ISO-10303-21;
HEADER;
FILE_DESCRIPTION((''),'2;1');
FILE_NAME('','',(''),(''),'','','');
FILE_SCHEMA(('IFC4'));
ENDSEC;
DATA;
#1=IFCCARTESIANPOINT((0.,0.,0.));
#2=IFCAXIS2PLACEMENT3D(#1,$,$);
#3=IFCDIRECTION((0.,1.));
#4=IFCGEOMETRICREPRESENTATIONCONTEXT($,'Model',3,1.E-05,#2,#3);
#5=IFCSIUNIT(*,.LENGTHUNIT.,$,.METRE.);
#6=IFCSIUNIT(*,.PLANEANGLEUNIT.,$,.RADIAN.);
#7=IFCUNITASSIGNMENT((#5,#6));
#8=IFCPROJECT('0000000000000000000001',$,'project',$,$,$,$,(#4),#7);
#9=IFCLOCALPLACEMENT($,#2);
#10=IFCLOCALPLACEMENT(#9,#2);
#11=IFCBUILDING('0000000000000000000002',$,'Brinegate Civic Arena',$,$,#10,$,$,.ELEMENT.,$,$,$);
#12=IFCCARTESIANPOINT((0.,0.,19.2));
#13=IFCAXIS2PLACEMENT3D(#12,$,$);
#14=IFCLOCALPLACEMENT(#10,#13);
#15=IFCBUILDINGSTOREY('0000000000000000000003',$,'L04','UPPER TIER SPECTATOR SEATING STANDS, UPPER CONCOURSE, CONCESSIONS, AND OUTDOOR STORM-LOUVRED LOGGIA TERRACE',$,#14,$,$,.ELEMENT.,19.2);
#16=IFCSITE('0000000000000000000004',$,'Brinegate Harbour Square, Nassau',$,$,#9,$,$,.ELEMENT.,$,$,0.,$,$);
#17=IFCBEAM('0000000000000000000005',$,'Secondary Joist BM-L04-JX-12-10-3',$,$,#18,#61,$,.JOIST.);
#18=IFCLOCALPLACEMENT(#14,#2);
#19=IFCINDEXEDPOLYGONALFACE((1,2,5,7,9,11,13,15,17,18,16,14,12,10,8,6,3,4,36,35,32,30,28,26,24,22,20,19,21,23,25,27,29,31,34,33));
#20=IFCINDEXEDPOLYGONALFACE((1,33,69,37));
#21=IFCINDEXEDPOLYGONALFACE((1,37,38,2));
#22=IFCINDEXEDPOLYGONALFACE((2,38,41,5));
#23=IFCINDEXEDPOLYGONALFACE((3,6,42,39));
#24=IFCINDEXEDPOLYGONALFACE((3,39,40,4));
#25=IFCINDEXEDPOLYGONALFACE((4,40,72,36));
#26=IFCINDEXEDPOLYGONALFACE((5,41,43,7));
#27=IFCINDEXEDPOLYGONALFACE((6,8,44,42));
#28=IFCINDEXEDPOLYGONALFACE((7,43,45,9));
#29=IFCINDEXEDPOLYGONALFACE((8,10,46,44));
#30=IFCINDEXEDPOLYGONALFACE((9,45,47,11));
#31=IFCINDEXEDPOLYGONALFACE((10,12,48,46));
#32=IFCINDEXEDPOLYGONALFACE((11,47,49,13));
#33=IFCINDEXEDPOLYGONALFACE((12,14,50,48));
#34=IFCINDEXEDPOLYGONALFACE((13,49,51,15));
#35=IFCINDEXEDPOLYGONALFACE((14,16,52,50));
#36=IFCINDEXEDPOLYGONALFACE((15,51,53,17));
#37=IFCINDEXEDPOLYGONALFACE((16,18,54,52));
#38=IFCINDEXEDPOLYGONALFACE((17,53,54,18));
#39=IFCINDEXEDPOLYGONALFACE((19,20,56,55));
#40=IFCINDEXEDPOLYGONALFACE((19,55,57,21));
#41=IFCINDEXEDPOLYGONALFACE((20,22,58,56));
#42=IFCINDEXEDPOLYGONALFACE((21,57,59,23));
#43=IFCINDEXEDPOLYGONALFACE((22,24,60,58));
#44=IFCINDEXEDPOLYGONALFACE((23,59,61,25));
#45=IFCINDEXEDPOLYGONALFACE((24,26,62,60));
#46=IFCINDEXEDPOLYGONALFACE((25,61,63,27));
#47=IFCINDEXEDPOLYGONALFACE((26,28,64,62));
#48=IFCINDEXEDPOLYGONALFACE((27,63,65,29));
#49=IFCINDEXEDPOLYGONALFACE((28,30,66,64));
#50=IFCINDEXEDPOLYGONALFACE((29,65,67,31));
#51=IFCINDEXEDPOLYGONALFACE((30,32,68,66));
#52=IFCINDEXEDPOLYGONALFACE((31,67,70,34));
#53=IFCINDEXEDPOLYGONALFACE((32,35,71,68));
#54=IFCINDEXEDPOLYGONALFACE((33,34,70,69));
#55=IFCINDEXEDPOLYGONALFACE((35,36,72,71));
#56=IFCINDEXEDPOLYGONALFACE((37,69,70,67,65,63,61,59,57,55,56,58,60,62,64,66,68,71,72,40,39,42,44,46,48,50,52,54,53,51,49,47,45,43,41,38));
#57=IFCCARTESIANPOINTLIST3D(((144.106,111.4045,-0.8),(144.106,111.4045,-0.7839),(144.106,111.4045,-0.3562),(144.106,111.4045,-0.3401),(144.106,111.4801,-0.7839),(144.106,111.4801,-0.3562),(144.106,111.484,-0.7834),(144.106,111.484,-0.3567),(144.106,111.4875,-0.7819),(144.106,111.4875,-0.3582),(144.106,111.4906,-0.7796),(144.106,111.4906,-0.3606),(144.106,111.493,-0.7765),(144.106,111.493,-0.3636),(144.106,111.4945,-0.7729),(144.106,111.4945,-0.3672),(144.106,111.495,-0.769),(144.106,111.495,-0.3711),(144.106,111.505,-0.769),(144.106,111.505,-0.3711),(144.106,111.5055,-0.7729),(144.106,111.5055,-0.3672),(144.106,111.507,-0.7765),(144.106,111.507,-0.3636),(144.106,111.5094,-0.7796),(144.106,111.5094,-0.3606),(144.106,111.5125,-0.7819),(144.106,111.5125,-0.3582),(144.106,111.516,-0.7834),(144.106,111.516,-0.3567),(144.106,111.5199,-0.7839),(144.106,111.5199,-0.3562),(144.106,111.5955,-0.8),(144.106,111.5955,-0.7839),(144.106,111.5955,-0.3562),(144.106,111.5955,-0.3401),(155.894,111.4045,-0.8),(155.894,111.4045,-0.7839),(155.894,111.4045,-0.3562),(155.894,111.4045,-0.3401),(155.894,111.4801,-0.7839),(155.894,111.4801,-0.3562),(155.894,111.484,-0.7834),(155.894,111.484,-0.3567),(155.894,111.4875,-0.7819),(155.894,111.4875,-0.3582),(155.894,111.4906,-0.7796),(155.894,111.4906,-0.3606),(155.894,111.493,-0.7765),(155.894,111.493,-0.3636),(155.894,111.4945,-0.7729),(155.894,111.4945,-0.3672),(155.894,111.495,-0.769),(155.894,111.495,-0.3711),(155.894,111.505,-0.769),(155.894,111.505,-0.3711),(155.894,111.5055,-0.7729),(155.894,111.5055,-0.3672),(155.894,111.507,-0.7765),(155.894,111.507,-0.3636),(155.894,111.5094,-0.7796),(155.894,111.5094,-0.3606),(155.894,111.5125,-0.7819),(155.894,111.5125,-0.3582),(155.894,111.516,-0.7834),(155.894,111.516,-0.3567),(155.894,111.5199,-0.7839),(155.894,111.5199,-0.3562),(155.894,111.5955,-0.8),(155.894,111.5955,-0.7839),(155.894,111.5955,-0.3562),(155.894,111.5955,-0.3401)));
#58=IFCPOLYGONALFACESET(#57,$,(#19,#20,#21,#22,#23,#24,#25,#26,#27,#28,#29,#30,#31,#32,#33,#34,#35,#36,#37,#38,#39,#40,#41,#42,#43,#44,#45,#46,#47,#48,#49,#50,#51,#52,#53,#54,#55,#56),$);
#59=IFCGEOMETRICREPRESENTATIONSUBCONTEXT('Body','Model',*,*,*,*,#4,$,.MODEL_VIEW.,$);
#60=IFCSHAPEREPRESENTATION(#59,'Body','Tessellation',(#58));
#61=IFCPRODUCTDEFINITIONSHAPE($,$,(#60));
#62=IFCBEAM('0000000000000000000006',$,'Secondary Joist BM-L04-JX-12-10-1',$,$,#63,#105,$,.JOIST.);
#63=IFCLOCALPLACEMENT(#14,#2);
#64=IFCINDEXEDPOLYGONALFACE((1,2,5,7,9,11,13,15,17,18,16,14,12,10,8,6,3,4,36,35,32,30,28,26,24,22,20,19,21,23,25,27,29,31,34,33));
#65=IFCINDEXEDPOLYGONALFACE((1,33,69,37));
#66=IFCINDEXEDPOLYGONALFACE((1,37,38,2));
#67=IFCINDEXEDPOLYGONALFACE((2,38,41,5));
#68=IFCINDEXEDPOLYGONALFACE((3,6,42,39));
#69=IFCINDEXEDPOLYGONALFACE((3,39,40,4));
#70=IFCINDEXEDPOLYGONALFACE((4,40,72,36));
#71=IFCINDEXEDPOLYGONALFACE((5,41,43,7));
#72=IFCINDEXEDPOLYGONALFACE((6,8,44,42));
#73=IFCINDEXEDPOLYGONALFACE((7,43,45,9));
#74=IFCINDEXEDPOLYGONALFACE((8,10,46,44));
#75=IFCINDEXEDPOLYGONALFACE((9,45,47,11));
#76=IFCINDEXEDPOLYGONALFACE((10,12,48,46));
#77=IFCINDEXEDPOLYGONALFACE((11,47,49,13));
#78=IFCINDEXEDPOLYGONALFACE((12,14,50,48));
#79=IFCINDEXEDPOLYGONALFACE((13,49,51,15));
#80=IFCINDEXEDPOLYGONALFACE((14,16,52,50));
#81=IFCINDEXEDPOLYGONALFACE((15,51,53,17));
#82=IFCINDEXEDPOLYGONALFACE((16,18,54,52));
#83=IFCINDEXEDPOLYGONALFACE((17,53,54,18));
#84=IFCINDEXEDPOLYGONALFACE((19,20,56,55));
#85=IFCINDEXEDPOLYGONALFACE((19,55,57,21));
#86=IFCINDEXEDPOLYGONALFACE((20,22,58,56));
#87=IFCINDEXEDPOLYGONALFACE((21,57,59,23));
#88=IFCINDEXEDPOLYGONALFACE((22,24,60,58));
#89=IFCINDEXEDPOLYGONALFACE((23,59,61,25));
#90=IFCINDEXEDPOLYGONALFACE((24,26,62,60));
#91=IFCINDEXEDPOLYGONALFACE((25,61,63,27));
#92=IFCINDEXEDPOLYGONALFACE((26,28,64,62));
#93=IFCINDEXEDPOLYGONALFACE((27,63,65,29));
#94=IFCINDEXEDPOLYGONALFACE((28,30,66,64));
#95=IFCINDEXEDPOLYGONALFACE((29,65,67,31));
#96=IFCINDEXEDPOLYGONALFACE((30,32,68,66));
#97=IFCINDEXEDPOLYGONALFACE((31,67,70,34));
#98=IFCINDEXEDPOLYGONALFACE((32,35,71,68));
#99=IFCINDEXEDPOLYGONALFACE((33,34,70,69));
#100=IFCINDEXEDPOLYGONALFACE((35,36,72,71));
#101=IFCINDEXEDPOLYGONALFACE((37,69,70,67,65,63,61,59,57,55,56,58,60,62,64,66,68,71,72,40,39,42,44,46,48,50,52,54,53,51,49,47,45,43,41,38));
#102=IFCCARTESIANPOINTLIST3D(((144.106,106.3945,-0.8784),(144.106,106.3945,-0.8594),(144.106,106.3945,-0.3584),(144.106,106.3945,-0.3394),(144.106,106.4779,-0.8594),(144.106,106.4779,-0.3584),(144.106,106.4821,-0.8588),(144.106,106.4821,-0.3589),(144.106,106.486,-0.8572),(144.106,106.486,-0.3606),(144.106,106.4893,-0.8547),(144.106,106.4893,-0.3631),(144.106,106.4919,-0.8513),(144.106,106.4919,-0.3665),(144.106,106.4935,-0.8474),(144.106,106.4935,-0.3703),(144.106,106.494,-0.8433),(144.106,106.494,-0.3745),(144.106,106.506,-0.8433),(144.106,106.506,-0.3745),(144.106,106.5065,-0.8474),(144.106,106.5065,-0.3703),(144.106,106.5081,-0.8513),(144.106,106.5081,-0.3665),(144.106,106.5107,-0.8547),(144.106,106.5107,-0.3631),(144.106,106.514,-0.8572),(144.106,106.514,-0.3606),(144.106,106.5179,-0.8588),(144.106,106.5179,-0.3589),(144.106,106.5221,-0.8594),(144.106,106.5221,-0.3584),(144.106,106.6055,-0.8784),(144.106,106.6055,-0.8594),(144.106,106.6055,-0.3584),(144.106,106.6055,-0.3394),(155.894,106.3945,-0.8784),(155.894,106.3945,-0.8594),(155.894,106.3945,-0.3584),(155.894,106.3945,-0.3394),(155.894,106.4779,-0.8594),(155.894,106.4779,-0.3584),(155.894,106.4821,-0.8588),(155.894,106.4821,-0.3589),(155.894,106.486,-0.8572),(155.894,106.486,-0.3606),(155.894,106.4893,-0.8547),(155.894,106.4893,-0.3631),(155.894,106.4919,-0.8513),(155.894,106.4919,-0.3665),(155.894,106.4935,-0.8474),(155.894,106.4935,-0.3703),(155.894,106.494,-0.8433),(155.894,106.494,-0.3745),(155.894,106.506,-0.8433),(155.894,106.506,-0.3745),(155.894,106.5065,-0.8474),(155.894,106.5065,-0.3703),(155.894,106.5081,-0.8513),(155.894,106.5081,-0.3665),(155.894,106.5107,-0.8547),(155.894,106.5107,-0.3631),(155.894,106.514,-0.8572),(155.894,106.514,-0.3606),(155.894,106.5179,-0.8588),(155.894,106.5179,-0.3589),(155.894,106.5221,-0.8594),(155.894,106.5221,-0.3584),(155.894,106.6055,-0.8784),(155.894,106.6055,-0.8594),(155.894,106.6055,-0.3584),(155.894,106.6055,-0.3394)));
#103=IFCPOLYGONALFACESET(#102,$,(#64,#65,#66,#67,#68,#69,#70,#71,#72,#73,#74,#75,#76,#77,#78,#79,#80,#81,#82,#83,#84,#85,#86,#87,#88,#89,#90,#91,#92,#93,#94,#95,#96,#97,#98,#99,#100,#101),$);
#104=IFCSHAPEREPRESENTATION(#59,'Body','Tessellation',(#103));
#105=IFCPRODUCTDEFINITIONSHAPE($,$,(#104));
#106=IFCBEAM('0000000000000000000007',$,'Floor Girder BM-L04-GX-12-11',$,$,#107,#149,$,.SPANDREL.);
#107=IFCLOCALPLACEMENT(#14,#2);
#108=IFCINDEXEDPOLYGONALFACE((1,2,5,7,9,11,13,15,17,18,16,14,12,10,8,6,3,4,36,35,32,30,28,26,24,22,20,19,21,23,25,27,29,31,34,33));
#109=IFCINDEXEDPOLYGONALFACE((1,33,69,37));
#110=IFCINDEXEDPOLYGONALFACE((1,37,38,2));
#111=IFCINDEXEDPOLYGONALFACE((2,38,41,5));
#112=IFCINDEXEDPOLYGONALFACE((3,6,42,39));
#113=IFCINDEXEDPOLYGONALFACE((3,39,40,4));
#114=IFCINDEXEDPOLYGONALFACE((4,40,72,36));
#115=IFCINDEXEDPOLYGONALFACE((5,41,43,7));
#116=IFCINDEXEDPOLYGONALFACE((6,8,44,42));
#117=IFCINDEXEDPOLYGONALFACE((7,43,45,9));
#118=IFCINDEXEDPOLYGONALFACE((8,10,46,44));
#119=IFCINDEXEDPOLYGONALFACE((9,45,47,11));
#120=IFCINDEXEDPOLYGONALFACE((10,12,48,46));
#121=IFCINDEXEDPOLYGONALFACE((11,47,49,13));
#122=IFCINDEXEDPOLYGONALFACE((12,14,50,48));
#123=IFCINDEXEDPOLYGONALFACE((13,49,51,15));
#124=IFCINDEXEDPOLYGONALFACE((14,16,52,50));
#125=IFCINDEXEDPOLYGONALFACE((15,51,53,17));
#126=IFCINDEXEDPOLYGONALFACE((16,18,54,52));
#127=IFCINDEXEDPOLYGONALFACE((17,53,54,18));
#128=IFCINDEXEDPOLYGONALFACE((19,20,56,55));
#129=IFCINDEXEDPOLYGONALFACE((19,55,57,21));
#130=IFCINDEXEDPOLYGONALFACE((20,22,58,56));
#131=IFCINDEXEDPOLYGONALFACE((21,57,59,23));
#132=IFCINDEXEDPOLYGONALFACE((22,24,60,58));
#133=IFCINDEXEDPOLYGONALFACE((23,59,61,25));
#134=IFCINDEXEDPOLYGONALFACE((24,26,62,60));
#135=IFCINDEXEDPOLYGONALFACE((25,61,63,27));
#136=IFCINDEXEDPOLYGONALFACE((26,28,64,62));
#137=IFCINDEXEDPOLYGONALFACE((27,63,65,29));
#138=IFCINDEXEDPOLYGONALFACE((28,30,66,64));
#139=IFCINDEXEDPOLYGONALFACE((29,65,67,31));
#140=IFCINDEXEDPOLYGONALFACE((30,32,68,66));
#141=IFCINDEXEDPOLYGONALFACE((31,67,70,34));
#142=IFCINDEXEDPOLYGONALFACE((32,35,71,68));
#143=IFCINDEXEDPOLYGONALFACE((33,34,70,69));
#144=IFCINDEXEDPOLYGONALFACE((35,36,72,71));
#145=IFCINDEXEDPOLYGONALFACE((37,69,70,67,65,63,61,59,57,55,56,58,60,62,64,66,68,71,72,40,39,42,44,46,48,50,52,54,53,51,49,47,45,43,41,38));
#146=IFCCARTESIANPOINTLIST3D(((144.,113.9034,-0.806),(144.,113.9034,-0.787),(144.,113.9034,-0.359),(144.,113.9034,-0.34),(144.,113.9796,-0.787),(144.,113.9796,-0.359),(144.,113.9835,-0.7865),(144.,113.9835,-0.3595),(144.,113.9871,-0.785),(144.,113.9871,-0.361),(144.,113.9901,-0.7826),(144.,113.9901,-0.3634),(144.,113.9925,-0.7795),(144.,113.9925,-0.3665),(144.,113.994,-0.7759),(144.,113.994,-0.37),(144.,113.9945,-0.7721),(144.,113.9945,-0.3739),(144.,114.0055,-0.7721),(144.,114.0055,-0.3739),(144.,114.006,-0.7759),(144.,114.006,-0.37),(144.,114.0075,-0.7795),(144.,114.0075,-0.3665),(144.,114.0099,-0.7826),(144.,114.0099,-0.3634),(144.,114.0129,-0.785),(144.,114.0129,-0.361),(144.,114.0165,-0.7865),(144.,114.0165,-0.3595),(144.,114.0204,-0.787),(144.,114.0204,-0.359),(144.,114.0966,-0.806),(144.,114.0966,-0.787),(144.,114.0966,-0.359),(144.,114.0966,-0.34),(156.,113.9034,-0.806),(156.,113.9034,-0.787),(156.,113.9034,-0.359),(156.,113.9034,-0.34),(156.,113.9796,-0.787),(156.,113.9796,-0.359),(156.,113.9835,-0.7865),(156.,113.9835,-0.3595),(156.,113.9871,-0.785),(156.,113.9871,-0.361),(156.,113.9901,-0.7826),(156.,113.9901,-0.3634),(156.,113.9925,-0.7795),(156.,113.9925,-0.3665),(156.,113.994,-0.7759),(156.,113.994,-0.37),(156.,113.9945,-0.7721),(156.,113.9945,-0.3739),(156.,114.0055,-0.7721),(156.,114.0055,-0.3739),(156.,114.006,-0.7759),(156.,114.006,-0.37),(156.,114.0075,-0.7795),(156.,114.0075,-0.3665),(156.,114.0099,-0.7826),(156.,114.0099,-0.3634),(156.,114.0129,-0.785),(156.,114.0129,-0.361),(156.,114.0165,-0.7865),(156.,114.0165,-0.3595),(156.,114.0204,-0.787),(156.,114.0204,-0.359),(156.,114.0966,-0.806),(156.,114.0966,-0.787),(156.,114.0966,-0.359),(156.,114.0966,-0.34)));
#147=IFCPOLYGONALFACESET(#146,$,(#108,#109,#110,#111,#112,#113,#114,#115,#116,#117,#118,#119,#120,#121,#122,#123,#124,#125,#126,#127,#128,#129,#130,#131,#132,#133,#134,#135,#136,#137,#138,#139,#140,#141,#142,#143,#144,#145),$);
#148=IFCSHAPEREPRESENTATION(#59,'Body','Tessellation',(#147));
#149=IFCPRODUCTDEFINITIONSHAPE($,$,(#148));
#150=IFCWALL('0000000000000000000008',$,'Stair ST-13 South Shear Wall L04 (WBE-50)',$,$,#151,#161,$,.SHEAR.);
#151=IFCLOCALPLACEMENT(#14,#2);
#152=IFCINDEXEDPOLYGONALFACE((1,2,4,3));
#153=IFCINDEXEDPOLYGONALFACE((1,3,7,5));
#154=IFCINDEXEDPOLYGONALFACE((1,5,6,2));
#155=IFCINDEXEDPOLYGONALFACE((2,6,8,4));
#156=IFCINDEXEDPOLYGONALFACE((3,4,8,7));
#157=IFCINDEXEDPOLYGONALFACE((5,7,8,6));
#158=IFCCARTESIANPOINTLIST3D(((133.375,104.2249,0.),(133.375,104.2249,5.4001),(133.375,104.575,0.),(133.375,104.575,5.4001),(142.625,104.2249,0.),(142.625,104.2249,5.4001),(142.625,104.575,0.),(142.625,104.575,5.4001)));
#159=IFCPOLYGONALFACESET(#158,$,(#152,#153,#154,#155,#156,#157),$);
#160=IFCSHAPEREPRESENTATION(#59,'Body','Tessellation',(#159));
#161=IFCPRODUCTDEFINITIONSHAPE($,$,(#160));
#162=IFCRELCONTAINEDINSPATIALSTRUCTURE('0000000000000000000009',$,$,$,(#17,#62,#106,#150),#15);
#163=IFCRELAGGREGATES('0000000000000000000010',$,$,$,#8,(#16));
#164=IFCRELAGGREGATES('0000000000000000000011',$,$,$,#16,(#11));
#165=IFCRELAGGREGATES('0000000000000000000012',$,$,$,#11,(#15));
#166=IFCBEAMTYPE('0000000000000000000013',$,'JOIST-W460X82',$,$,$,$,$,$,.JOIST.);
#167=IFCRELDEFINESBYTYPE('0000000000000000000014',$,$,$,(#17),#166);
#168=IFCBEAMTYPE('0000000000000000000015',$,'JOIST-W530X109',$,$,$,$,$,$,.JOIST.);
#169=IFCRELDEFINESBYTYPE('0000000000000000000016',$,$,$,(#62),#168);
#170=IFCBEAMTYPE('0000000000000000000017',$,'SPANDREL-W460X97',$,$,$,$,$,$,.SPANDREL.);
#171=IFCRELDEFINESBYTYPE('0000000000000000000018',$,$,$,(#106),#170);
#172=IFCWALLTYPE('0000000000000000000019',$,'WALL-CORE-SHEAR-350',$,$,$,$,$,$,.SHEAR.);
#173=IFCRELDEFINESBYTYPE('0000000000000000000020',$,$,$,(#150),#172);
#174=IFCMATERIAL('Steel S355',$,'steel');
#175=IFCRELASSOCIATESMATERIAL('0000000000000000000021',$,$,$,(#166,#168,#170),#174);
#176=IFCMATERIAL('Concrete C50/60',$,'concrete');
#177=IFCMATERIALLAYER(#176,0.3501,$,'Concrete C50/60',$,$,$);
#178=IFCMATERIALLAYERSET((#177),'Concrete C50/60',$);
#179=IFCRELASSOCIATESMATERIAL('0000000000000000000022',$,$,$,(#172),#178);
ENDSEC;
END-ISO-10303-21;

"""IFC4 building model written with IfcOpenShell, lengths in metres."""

from ifc_helpers import new_model, si_unit, direction, frame, frame_2d, origin, origin_2d, place, context, subcontext, project, spatial, rectangle, i_section, extrude, material, layer, layer_set, material_profile, profile_set, type_object, element, save


model = new_model("IFC4")

# Units and contexts
model_context = context("Model", 3, precision=1e-05, world=origin(), true_north=direction((0.0, 1.0)))
body_context = subcontext(model_context, "Body", "Model", "MODEL_VIEW")
ifc_project = project(units=[si_unit("LENGTHUNIT", "METRE"), si_unit("PLANEANGLEUNIT", "RADIAN")], contexts=[model_context])

# Site, building, storey
site_placement = place(None, origin())
site = spatial("IfcSite", under=ifc_project, at=site_placement, Name="Brinegate Harbour Square, Nassau", CompositionType="ELEMENT", RefElevation=0.0)
building_placement = place(site_placement, origin())
building = spatial("IfcBuilding", under=site, at=building_placement, Name="Brinegate Civic Arena", CompositionType="ELEMENT")
storey_placement = place(building_placement, frame((0.0, 0.0, 19.2)))
storey = spatial("IfcBuildingStorey", under=building, at=storey_placement, Name="L04", Description="UPPER TIER SPECTATOR SEATING STANDS, UPPER CONCOURSE, CONCESSIONS, AND OUTDOOR STORM-LOUVRED LOGGIA TERRACE", CompositionType="ELEMENT", Elevation=19.2)

# Shared definitions
ifc_material_1 = material(Name="Concrete C50/60", Category="concrete")

# Beams
ifc_material_2 = material(Name="Steel S355", Category="steel")
ifc_material_profile_1 = material_profile(ifc_material_2, i_section(OverallWidth=0.1909, OverallDepth=0.46, WebThickness=0.01, FlangeThickness=0.0161, FilletRadius=0.0149, at=origin_2d()), Name="W460X82")
ifc_profile_set_1 = profile_set([ifc_material_profile_1], Name="Steel S355")
beam_type_1 = type_object("IfcBeamType", Name="JOIST-W460X82", PredefinedType="JOIST", material=ifc_profile_set_1)
beam_1_placement = place(storey_placement, frame((144.106, 111.5, -0.5701), z_axis=(1.0, 0.0, 0.0), x_axis=(0.0, 1.0, 0.0)))
element("IfcBeam", 1, at=beam_1_placement, inside=storey, type_object=beam_type_1, Name="Secondary Joist BM-L04-JX-12-10-3", PredefinedType="JOIST", context=body_context, shape_type="SweptSolid", body=[
    extrude(i_section(OverallWidth=0.1909, OverallDepth=0.46, WebThickness=0.01, FlangeThickness=0.0161, FilletRadius=0.0149, at=origin_2d()), origin(), (0.0, 0.0, 1.0), 11.7881),
])
ifc_material_profile_2 = material_profile(ifc_material_2, i_section(OverallWidth=0.2109, OverallDepth=0.5391, WebThickness=0.012, FlangeThickness=0.019, FilletRadius=0.0161, at=origin_2d()), Name="W530X109")
ifc_profile_set_2 = profile_set([ifc_material_profile_2], Name="Steel S355")
beam_type_2 = type_object("IfcBeamType", Name="JOIST-W530X109", PredefinedType="JOIST", material=ifc_profile_set_2)
beam_2_placement = place(storey_placement, frame((144.106, 106.5, -0.6089), z_axis=(1.0, 0.0, 0.0), x_axis=(0.0, 1.0, 0.0)))
element("IfcBeam", 2, at=beam_2_placement, inside=storey, type_object=beam_type_2, Name="Secondary Joist BM-L04-JX-12-10-1", PredefinedType="JOIST", context=body_context, shape_type="SweptSolid", body=[
    extrude(i_section(OverallWidth=0.2109, OverallDepth=0.5391, WebThickness=0.012, FlangeThickness=0.019, FilletRadius=0.0161, at=origin_2d()), origin(), (0.0, 0.0, 1.0), 11.7881),
])
ifc_material_profile_3 = material_profile(ifc_material_2, i_section(OverallWidth=0.1931, OverallDepth=0.4661, WebThickness=0.011, FlangeThickness=0.019, FilletRadius=0.0149, at=origin_2d()), Name="W460X97")
ifc_profile_set_3 = profile_set([ifc_material_profile_3], Name="Steel S355")
beam_type_3 = type_object("IfcBeamType", Name="SPANDREL-W460X97", PredefinedType="SPANDREL", material=ifc_profile_set_3)
beam_3_placement = place(storey_placement, frame((144.0, 114.0, -0.573), z_axis=(1.0, 0.0, 0.0), x_axis=(0.0, 1.0, 0.0)))
element("IfcBeam", 3, at=beam_3_placement, inside=storey, type_object=beam_type_3, Name="Floor Girder BM-L04-GX-12-11", PredefinedType="SPANDREL", context=body_context, shape_type="SweptSolid", body=[
    extrude(i_section(OverallWidth=0.1931, OverallDepth=0.4661, WebThickness=0.011, FlangeThickness=0.019, FilletRadius=0.0149, at=origin_2d()), origin(), (0.0, 0.0, 1.0), 12.0),
])

# Wall
ifc_layer_1 = layer(ifc_material_1, 0.3501, Name="Concrete C50/60")
ifc_layer_set_1 = layer_set([ifc_layer_1], Name="Concrete C50/60")
wall_type_1 = type_object("IfcWallType", Name="WALL-CORE-SHEAR-350", PredefinedType="SHEAR", material=ifc_layer_set_1)
wall_1_placement = place(storey_placement, frame((133.375, 104.3999, 0.0), z_axis=(0.0, 0.0, 1.0), x_axis=(1.0, 0.0, 0.0)))
element("IfcWall", 4, at=wall_1_placement, inside=storey, type_object=wall_type_1, Name="Stair ST-13 South Shear Wall L04 (WBE-50)", PredefinedType="SHEAR", context=body_context, shape_type="SweptSolid", body=[
    extrude(rectangle(XDim=9.25, YDim=0.3501, at=frame_2d((4.625, 0.0))), origin(), (0.0, 0.0, 1.0), 5.4001),
])

save(model, "model.ifc")
